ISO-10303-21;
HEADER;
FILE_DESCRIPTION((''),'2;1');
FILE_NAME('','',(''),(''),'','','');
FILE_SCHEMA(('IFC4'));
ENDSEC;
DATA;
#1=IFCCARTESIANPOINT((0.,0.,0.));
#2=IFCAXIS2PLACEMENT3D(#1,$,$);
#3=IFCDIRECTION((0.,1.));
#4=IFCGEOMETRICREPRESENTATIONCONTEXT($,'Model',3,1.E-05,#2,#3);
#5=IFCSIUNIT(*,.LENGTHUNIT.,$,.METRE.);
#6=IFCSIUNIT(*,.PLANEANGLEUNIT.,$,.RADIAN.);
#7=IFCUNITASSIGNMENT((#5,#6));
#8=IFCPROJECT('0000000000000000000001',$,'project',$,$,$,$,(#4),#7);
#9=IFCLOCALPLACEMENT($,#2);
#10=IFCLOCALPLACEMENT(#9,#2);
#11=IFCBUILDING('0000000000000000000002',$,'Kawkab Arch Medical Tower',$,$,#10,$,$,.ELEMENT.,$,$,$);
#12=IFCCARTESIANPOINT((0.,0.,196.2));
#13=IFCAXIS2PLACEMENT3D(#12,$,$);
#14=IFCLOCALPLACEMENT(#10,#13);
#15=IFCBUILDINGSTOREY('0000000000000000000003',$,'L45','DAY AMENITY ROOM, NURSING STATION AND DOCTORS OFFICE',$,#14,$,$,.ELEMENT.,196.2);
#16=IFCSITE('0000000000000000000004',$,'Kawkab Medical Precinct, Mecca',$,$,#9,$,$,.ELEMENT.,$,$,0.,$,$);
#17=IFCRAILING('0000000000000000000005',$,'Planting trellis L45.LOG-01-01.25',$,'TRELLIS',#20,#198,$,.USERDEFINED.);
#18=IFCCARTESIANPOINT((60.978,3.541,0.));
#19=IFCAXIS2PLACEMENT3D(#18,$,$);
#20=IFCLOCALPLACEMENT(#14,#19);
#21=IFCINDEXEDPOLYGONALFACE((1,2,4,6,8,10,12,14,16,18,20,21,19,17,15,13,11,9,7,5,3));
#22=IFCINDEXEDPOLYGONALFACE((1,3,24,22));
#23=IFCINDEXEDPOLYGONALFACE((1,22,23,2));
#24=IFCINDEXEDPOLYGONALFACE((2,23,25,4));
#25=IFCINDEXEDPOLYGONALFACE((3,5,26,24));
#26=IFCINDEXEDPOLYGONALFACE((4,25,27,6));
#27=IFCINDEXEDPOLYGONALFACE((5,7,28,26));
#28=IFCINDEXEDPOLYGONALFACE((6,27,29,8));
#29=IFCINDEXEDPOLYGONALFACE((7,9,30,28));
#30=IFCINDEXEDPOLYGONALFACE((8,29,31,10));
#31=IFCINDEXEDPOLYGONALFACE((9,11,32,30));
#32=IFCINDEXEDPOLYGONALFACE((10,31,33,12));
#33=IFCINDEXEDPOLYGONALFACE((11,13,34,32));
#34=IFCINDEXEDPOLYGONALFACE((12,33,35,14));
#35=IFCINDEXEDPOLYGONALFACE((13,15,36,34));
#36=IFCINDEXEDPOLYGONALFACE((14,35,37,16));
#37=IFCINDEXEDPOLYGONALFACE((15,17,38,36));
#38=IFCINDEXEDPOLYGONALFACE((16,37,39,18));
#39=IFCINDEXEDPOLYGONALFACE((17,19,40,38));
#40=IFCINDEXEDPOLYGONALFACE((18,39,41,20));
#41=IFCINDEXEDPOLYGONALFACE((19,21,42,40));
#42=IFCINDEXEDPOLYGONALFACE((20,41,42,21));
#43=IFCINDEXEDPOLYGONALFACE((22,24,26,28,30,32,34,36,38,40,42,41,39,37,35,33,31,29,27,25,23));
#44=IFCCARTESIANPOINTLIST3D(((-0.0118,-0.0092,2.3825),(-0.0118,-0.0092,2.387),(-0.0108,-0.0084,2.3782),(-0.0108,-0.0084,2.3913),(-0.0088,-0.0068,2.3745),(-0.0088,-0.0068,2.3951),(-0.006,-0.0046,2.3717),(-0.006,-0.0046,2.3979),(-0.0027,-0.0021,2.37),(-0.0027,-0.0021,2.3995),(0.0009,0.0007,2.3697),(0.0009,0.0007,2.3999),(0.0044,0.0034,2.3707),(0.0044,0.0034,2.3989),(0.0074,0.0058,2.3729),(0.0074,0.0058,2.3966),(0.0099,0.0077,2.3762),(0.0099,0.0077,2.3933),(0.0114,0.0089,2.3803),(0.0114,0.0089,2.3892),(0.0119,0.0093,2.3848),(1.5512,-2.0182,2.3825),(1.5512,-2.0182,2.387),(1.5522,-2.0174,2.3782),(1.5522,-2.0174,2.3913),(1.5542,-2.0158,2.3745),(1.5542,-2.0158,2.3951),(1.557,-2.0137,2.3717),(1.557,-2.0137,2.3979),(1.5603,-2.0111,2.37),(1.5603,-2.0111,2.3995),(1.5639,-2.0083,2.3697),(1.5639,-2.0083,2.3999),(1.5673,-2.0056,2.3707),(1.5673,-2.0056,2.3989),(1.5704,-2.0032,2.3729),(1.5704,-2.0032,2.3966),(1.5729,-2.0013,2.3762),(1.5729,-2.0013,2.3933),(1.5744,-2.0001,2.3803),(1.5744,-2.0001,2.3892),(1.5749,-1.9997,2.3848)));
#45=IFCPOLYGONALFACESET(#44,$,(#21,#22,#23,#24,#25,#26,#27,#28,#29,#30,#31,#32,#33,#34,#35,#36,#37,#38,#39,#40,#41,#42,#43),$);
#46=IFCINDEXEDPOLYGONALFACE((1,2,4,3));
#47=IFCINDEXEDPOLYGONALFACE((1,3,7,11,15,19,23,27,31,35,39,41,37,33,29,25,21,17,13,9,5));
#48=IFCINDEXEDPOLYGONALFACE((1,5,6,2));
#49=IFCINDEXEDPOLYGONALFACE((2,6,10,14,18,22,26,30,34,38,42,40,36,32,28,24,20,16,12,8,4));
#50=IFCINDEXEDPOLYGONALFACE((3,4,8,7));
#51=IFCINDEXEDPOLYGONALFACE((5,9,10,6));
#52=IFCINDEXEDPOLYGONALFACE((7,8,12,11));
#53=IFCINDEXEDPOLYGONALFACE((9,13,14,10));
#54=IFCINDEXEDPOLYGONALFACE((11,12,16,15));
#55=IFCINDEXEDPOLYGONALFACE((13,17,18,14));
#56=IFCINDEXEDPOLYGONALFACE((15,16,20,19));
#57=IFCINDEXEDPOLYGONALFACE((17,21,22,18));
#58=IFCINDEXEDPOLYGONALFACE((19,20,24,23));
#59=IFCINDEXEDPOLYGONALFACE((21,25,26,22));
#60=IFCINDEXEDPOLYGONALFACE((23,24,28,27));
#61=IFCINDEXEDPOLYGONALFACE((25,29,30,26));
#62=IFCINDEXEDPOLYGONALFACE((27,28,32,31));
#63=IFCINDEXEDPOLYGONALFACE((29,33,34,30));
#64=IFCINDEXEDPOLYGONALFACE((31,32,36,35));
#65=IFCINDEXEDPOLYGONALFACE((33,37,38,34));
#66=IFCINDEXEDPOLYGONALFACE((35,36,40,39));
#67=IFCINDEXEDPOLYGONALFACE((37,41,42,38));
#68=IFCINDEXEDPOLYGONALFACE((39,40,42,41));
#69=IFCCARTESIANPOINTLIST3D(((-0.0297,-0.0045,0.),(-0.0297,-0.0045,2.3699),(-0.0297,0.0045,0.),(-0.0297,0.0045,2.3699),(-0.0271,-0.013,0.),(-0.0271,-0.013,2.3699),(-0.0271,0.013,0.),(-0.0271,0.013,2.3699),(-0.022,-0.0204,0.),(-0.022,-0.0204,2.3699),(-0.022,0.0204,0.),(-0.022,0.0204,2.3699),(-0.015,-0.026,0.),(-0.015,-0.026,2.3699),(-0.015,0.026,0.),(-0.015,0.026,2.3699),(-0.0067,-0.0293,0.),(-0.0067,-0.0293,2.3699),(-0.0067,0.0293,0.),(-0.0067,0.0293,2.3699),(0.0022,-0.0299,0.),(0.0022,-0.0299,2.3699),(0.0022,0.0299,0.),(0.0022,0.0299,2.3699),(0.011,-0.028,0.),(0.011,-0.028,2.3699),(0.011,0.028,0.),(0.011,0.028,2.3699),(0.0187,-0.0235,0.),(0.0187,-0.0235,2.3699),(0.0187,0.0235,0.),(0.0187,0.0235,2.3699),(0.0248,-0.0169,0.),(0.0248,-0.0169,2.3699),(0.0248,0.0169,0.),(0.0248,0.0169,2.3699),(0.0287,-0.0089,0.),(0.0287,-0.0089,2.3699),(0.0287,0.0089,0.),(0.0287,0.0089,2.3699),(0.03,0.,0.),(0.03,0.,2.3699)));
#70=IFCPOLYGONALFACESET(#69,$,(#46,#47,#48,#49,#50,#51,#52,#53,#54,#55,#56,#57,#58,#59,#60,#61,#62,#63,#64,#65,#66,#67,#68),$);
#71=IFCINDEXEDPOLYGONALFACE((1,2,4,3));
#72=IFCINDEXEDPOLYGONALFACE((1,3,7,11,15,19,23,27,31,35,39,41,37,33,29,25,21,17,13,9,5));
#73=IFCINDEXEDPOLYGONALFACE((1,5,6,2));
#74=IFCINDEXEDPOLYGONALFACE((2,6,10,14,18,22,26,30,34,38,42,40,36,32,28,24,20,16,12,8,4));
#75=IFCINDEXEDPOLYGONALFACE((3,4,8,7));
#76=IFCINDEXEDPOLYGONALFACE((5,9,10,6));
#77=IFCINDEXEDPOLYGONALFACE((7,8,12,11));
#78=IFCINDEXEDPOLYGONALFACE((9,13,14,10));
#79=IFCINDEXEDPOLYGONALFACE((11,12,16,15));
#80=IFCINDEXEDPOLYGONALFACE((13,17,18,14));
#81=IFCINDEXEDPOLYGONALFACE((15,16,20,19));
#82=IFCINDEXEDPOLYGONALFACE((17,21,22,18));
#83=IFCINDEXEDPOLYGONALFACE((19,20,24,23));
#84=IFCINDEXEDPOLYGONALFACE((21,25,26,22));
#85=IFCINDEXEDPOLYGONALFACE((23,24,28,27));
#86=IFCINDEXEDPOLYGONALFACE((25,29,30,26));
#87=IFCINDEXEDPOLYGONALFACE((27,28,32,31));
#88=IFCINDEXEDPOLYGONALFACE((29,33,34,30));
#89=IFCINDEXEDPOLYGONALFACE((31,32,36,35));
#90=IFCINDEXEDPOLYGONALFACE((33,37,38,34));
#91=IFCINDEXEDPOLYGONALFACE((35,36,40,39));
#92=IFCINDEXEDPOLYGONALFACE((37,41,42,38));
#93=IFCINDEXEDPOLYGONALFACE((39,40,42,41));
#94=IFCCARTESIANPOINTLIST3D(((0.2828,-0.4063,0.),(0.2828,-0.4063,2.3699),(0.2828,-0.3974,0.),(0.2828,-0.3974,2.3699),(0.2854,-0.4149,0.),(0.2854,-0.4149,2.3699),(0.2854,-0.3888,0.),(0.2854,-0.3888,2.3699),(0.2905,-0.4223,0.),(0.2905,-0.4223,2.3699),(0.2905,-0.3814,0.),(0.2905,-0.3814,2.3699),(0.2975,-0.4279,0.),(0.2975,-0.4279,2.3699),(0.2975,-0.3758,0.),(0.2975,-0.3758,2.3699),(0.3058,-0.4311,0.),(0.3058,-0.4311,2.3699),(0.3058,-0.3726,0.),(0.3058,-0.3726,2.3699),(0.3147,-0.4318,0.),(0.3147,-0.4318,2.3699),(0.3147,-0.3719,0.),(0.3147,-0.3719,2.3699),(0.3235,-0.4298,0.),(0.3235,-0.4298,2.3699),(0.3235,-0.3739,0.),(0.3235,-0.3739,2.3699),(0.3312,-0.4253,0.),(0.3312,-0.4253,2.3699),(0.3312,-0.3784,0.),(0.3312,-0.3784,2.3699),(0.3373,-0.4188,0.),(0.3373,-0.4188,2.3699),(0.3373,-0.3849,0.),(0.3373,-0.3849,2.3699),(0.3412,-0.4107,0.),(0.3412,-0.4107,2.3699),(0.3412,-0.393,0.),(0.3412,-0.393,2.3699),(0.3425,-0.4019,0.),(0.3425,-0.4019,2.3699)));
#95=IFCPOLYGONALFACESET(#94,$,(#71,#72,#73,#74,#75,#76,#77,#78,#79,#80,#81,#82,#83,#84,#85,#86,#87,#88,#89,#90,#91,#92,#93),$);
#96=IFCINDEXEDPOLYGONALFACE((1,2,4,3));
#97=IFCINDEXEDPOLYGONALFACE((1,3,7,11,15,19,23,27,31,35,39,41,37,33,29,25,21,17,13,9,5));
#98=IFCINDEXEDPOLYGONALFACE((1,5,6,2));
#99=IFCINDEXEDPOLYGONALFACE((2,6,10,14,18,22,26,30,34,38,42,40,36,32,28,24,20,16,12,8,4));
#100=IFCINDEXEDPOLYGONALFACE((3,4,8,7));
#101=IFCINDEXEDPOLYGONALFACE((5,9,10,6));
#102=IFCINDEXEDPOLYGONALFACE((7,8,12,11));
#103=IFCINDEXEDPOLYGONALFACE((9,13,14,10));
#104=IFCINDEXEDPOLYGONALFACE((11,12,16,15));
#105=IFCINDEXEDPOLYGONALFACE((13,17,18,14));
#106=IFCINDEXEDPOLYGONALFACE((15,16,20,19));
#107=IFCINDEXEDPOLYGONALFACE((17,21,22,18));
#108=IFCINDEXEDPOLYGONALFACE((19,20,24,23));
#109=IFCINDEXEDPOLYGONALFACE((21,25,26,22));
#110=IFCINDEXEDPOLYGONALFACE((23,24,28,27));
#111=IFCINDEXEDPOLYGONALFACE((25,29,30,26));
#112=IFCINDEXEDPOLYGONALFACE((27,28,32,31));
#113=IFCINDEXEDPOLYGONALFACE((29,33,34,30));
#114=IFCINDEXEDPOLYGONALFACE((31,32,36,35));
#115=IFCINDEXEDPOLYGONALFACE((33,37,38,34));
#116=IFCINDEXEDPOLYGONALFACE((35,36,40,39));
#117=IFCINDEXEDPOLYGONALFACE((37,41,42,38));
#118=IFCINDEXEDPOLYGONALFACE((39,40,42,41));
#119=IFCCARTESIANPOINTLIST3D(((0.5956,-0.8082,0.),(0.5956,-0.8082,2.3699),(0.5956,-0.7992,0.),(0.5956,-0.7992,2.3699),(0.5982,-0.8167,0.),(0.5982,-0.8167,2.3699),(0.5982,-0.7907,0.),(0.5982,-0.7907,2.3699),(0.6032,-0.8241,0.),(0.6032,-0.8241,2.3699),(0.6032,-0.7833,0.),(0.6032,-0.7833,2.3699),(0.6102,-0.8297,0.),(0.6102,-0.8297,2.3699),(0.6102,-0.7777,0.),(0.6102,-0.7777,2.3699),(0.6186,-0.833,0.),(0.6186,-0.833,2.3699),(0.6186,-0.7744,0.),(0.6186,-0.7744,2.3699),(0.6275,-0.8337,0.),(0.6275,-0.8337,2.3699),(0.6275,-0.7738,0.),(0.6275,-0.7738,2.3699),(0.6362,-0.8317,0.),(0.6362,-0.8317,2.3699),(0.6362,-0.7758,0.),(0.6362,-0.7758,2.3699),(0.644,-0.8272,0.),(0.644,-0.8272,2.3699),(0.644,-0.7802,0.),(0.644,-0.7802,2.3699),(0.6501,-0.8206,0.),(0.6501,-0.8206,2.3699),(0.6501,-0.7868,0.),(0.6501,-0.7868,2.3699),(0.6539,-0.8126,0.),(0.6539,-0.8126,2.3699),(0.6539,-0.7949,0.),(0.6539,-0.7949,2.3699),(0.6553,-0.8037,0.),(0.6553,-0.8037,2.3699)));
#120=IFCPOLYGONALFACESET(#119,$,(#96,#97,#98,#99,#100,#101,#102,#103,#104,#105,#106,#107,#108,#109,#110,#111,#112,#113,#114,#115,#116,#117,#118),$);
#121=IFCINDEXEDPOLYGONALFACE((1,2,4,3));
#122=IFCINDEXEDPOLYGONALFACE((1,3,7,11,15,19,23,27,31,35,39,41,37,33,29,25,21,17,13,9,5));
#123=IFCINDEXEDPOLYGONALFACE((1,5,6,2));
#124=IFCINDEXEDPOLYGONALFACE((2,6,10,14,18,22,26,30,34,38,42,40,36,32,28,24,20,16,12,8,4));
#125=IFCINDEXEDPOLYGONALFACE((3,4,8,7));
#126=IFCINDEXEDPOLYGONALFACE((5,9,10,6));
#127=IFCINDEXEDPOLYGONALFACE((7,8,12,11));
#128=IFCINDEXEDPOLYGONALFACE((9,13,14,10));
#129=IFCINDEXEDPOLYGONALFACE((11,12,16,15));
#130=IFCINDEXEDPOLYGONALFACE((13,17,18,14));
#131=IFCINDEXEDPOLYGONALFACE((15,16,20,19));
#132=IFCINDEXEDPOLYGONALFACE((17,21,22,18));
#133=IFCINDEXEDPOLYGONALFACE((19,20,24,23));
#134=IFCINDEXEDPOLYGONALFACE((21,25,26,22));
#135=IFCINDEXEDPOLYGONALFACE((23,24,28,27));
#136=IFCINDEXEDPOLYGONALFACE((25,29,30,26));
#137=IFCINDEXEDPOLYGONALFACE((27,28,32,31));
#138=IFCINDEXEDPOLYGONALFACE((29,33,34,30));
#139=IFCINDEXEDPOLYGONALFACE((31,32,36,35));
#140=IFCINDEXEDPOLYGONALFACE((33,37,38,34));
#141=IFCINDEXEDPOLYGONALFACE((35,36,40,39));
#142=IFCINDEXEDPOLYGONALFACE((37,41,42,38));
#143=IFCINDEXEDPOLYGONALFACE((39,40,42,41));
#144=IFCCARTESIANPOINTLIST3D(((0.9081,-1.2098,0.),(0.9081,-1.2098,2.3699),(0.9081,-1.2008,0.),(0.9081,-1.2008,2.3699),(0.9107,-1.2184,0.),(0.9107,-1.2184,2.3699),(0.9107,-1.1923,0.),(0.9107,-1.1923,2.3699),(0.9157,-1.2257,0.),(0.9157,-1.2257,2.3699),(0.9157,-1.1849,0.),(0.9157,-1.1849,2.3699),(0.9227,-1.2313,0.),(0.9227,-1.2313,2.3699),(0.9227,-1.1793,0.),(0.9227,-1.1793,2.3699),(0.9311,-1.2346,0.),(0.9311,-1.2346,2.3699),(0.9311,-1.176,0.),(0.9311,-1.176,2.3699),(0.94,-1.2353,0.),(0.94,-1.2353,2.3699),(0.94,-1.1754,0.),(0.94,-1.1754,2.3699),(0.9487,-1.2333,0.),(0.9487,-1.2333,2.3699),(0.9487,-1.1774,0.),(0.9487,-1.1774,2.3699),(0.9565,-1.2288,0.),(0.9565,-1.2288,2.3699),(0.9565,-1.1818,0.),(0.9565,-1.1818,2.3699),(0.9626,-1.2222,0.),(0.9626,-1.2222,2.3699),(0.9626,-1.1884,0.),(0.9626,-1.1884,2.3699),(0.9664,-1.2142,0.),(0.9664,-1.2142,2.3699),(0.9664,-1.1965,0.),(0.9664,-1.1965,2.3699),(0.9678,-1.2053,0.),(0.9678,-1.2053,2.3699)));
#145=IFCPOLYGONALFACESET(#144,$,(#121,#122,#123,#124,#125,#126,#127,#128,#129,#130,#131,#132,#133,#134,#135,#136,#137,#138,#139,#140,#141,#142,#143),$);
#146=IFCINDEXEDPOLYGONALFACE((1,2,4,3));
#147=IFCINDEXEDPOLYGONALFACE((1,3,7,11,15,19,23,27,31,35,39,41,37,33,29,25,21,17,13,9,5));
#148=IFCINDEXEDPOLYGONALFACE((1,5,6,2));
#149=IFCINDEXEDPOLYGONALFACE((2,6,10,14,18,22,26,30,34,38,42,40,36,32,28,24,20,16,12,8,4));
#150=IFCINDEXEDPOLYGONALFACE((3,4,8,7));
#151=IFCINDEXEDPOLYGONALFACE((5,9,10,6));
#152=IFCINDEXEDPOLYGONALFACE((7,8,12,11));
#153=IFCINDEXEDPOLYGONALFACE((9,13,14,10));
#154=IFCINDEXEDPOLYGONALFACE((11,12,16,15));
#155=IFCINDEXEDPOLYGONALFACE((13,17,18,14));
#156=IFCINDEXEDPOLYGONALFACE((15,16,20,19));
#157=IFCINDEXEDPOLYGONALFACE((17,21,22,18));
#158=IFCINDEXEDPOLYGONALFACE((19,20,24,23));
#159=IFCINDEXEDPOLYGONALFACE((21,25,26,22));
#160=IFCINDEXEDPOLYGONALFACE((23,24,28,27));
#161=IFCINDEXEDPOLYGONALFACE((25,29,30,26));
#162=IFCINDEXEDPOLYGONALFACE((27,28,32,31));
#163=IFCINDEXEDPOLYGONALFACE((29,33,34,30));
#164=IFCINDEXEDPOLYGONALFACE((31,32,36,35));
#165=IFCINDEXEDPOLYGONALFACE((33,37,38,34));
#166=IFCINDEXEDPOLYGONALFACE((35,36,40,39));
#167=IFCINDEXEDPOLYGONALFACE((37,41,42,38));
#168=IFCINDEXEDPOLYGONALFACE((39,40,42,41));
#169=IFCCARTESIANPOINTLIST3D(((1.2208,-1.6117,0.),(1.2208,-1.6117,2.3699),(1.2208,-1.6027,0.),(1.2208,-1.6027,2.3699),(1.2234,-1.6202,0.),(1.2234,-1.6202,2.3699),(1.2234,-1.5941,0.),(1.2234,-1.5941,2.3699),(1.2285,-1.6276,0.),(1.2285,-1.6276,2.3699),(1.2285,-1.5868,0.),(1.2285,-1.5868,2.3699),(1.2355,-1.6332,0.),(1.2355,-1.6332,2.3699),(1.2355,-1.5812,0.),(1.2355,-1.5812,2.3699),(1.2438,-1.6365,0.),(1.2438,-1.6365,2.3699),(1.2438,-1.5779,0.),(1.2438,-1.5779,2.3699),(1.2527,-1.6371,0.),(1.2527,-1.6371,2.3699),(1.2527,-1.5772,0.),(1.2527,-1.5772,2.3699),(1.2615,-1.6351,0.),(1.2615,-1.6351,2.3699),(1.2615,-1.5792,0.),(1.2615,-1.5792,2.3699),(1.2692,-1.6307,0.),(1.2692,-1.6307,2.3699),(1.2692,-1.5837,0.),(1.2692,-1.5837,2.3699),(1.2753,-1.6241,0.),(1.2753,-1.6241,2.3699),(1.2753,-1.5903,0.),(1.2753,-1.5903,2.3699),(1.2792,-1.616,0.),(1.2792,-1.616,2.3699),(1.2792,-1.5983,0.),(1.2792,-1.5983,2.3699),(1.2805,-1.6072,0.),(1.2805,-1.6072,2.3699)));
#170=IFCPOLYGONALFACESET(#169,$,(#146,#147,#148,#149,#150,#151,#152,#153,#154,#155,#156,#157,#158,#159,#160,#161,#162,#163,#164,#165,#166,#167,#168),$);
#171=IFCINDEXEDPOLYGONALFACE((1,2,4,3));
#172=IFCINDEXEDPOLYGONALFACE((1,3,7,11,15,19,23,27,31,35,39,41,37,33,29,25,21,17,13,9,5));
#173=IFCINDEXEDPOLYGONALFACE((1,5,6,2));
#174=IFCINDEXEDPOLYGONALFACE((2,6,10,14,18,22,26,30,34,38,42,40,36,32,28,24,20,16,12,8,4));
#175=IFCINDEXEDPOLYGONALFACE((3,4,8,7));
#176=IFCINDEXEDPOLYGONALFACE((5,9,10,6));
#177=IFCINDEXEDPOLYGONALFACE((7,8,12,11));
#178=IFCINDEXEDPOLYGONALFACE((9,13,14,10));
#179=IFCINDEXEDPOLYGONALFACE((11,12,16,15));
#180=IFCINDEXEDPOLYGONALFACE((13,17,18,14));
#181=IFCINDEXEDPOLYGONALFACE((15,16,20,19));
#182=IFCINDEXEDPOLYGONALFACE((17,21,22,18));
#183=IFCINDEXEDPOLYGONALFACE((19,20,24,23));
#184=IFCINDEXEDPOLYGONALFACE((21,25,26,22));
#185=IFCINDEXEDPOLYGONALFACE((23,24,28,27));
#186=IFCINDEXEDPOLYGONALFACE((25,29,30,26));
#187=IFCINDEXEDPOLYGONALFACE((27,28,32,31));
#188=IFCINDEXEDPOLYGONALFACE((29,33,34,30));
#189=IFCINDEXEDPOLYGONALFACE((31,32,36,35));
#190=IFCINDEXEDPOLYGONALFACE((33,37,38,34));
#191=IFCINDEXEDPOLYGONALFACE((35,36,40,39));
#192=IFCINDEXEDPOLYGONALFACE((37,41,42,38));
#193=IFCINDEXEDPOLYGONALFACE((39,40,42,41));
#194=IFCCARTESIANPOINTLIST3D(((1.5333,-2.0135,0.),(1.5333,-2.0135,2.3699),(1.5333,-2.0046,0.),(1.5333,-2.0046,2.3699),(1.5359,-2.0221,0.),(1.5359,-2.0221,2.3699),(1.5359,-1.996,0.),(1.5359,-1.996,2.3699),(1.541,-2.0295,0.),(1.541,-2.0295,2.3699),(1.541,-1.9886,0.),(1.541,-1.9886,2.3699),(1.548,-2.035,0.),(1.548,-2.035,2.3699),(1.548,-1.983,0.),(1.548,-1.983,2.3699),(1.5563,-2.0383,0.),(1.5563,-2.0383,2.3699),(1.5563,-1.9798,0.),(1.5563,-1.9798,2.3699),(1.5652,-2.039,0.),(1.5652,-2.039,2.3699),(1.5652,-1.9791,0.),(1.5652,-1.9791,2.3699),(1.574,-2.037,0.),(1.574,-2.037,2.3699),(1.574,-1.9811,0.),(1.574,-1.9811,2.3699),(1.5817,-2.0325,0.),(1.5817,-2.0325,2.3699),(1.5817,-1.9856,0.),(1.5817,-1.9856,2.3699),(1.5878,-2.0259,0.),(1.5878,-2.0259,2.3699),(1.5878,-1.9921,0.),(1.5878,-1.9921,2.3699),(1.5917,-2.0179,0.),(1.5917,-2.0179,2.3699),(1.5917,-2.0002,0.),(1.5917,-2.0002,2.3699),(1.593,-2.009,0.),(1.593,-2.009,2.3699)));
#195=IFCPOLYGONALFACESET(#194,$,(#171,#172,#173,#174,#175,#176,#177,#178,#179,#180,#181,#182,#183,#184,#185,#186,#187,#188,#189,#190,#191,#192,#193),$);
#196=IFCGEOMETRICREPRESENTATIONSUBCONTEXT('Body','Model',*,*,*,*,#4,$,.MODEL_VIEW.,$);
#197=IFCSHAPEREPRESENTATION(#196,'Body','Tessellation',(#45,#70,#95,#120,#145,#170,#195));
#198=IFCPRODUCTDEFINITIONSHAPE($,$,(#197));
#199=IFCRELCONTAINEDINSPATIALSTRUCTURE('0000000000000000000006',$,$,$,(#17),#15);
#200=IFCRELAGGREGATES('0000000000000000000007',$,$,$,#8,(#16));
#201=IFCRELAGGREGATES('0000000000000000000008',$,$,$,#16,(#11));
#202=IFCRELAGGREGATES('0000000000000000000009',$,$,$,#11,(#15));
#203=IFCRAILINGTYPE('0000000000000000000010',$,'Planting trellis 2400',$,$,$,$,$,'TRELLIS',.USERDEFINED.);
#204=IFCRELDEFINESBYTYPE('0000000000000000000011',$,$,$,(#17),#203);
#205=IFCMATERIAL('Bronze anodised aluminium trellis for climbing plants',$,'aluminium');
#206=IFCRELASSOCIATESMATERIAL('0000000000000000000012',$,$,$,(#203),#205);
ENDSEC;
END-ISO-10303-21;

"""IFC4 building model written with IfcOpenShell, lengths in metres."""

from ifc_helpers import new_model, si_unit, direction, frame, origin, origin_2d, place, context, subcontext, project, spatial, circle, extrude, material, type_object, element, save


model = new_model("IFC4")

# Units and contexts
model_context = context("Model", 3, precision=1e-05, world=origin(), true_north=direction((0.0, 1.0)))
body_context = subcontext(model_context, "Body", "Model", "MODEL_VIEW")
ifc_project = project(units=[si_unit("LENGTHUNIT", "METRE"), si_unit("PLANEANGLEUNIT", "RADIAN")], contexts=[model_context])

# Site, building, storey
site_placement = place(None, origin())
site = spatial("IfcSite", under=ifc_project, at=site_placement, Name="Kawkab Medical Precinct, Mecca", CompositionType="ELEMENT", RefElevation=0.0)
building_placement = place(site_placement, origin())
building = spatial("IfcBuilding", under=site, at=building_placement, Name="Kawkab Arch Medical Tower", CompositionType="ELEMENT")
storey_placement = place(building_placement, frame((0.0, 0.0, 196.2)))
storey = spatial("IfcBuildingStorey", under=building, at=storey_placement, Name="L45", Description="DAY AMENITY ROOM, NURSING STATION AND DOCTORS OFFICE", CompositionType="ELEMENT", Elevation=196.2)

# Railing
ifc_material_1 = material(Name="Bronze anodised aluminium trellis for climbing plants", Category="aluminium")
railing_type_1 = type_object("IfcRailingType", Name="Planting trellis 2400", ElementType="TRELLIS", PredefinedType="USERDEFINED", material=ifc_material_1)
railing_1_placement = place(storey_placement, frame((60.978, 3.541, 0.0)))
element("IfcRailing", 1, at=railing_1_placement, inside=storey, type_object=railing_type_1, Name="Planting trellis L45.LOG-01-01.25", ObjectType="TRELLIS", PredefinedType="USERDEFINED", context=body_context, shape_type="SweptSolid", body=[
    extrude(circle(Radius=0.0151, at=origin_2d()), frame((0.0, 0.0, 2.3848), z_axis=(0.61404, -0.789275, 0.0), x_axis=(0.789275, 0.61404, 0.0)), (0.0, 0.0, 1.0), 2.5454),
    extrude(circle(Radius=0.03, at=origin_2d()), origin(), (0.0, 0.0, 1.0), 2.3699),
    extrude(circle(Radius=0.03, at=origin_2d()), frame((0.3125, -0.4019, 0.0)), (0.0, 0.0, 1.0), 2.3699),
    extrude(circle(Radius=0.03, at=origin_2d()), frame((0.6252, -0.8037, 0.0)), (0.0, 0.0, 1.0), 2.3699),
    extrude(circle(Radius=0.03, at=origin_2d()), frame((0.9377, -1.2053, 0.0)), (0.0, 0.0, 1.0), 2.3699),
    extrude(circle(Radius=0.03, at=origin_2d()), frame((1.2505, -1.6072, 0.0)), (0.0, 0.0, 1.0), 2.3699),
    extrude(circle(Radius=0.03, at=origin_2d()), frame((1.563, -2.009, 0.0)), (0.0, 0.0, 1.0), 2.3699),
])

save(model, "model.ifc")
